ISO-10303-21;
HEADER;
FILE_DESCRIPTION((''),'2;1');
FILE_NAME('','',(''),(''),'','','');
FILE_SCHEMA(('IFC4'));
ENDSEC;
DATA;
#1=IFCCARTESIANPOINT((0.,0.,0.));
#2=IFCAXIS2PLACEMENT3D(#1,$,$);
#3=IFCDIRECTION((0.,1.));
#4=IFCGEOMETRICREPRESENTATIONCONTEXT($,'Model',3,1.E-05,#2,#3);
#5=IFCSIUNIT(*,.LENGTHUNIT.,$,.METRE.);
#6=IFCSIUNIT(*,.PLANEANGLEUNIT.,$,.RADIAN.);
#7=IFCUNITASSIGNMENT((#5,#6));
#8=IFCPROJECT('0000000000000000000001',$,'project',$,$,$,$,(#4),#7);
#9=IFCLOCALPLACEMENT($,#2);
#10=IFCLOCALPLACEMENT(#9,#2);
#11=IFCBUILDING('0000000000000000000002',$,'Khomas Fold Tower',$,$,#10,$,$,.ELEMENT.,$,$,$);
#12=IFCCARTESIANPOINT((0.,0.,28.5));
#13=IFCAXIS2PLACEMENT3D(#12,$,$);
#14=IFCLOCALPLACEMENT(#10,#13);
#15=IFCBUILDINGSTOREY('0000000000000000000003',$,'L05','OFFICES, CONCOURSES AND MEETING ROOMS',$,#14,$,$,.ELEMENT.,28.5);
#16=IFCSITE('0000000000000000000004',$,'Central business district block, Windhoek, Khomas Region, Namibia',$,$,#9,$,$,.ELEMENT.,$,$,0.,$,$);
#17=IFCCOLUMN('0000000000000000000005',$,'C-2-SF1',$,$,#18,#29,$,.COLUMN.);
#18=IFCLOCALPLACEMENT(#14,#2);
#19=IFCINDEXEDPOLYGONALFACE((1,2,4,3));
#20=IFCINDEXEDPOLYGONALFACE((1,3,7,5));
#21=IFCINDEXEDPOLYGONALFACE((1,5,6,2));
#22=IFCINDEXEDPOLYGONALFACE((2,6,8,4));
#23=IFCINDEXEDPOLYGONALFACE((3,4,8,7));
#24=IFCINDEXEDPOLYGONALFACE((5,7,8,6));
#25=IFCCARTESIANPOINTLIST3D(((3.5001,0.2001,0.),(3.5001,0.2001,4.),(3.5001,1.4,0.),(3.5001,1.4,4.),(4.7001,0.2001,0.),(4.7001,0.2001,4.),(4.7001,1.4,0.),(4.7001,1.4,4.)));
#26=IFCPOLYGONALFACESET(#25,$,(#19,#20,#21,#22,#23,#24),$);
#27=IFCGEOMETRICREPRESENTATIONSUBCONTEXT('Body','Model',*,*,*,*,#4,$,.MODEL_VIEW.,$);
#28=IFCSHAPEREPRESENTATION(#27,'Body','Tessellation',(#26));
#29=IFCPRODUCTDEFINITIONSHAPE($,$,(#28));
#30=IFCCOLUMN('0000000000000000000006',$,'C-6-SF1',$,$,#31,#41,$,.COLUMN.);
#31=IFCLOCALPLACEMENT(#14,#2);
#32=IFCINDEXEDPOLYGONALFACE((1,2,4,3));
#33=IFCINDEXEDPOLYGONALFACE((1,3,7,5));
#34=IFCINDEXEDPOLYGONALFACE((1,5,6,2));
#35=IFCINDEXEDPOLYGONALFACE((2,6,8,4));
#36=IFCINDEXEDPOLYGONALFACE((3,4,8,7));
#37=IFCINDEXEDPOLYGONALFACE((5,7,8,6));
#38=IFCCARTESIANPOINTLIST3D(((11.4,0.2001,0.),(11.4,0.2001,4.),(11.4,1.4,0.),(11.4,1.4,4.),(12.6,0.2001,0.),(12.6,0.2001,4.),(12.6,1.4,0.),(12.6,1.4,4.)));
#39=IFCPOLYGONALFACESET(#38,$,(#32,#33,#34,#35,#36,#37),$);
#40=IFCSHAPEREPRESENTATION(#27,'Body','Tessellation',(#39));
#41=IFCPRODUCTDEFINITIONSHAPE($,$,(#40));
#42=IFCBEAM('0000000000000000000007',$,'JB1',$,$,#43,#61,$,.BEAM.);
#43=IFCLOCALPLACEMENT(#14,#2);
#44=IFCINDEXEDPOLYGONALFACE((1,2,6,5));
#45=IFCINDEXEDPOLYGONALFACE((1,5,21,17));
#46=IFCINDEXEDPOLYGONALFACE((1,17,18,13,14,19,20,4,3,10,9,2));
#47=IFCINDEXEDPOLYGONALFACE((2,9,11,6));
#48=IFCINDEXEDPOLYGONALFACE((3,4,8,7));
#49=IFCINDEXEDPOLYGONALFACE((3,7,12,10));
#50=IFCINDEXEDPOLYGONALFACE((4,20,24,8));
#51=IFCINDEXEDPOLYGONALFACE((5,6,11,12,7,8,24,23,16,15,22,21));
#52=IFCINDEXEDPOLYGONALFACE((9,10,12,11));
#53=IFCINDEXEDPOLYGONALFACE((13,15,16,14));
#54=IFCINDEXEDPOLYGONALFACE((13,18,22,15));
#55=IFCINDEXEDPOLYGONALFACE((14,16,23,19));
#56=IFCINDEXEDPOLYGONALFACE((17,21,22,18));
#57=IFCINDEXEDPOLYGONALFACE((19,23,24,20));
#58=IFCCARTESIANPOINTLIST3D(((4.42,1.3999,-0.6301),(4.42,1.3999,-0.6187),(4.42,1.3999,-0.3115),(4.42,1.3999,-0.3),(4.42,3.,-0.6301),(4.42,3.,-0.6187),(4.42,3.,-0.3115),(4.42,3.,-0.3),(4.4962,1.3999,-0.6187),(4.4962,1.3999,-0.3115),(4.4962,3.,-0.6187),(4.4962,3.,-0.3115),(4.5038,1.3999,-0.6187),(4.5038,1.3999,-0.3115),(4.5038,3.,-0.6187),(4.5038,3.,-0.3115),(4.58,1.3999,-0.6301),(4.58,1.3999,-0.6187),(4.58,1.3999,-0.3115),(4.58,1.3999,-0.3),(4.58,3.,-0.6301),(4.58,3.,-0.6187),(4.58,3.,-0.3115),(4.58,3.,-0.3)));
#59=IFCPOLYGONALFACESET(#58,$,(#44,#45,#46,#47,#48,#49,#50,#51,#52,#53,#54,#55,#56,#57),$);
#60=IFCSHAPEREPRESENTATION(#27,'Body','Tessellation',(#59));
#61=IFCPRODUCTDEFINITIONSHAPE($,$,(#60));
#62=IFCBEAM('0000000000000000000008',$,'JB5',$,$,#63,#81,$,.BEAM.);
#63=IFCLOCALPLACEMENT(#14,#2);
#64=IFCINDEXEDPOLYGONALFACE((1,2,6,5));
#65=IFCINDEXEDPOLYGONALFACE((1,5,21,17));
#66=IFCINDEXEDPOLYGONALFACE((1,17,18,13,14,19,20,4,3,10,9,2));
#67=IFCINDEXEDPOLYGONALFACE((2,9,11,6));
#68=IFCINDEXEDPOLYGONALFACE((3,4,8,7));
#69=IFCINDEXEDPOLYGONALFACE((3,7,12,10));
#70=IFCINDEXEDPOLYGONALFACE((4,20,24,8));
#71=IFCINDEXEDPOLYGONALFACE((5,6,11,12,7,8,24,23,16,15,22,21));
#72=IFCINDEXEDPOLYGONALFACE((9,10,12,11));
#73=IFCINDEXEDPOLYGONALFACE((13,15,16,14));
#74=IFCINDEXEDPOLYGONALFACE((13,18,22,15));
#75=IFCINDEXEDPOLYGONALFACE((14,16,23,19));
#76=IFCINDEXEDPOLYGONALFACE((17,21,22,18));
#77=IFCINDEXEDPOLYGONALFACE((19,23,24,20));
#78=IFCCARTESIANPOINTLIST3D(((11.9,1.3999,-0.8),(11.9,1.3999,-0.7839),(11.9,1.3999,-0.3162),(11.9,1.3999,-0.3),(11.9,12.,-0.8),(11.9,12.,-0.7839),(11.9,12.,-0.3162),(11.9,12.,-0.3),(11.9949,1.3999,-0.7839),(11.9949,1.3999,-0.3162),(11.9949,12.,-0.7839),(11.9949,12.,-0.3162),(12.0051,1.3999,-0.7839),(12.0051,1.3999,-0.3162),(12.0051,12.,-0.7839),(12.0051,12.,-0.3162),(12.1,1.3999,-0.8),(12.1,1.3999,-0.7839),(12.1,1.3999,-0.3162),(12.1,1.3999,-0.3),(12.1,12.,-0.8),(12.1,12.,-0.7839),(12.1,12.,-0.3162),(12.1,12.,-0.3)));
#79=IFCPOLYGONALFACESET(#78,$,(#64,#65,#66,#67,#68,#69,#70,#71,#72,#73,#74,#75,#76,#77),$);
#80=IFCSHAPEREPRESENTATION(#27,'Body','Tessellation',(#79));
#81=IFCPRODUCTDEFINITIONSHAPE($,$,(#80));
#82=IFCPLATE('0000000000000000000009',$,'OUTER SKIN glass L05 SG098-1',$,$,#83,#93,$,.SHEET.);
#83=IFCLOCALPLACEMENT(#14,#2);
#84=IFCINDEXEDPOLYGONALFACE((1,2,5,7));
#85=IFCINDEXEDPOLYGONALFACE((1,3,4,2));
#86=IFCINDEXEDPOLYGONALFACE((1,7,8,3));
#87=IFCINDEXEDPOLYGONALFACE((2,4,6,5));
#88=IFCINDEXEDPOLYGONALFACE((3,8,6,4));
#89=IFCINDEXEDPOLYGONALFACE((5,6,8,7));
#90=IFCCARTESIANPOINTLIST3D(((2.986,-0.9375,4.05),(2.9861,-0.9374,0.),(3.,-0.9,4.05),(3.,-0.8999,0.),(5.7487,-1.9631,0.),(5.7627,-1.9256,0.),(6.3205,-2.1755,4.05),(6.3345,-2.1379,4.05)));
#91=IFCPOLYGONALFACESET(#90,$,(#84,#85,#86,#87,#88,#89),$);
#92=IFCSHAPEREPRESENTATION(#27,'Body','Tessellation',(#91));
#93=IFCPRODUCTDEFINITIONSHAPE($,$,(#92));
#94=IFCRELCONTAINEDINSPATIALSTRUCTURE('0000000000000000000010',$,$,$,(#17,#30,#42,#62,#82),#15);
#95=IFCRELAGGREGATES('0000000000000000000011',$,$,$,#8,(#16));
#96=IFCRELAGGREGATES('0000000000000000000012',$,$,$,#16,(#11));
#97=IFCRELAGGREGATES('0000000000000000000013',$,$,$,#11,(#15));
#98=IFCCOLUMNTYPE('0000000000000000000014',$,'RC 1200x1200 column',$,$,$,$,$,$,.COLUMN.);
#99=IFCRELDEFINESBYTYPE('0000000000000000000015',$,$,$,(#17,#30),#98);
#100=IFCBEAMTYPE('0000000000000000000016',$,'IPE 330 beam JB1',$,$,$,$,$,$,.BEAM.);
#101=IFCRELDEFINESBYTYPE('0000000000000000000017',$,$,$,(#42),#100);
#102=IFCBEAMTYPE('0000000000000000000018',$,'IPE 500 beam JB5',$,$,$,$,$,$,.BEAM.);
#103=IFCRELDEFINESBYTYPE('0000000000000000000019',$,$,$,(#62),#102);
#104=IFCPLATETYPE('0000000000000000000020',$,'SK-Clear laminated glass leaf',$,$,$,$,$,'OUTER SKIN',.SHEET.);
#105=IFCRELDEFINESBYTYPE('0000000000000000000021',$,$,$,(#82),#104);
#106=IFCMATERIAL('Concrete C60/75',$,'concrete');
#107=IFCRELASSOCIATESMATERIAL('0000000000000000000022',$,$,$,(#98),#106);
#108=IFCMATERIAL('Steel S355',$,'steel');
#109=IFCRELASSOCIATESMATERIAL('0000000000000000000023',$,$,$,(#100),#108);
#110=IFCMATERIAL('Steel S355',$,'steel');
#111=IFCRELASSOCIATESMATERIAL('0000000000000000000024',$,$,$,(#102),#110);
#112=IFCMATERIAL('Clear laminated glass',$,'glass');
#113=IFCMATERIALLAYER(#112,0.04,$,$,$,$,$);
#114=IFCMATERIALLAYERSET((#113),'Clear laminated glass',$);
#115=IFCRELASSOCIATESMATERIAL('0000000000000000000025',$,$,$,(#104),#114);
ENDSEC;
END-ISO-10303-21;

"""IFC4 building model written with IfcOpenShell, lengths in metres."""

from ifc_helpers import new_model, si_unit, direction, frame, origin, origin_2d, place, context, subcontext, project, spatial, polyline, rectangle, i_section, outline, extrude, source, transform, mapped, material, layer, layer_set, material_profile, profile_set, type_object, element, save


model = new_model("IFC4")

# Units and contexts
model_context = context("Model", 3, precision=1e-05, world=origin(), true_north=direction((0.0, 1.0)))
body_context = subcontext(model_context, "Body", "Model", "MODEL_VIEW")
ifc_project = project(units=[si_unit("LENGTHUNIT", "METRE"), si_unit("PLANEANGLEUNIT", "RADIAN")], contexts=[model_context])

# Site, building, storey
site_placement = place(None, origin())
site = spatial("IfcSite", under=ifc_project, at=site_placement, Name="Central business district block, Windhoek, Khomas Region, Namibia", CompositionType="ELEMENT", RefElevation=0.0)
building_placement = place(site_placement, origin())
building = spatial("IfcBuilding", under=site, at=building_placement, Name="Khomas Fold Tower", CompositionType="ELEMENT")
storey_placement = place(building_placement, frame((0.0, 0.0, 28.5)))
storey = spatial("IfcBuildingStorey", under=building, at=storey_placement, Name="L05", Description="OFFICES, CONCOURSES AND MEETING ROOMS", CompositionType="ELEMENT", Elevation=28.5)

# Columns
ifc_material_1 = material(Name="Concrete C60/75", Category="concrete")
ifc_material_profile_1 = material_profile(ifc_material_1, rectangle(XDim=1.2, YDim=1.2, at=origin_2d()), Name="RC 1200x1200")
ifc_profile_set_1 = profile_set([ifc_material_profile_1], Name="Concrete C60/75")
column_type = type_object("IfcColumnType", Name="RC 1200x1200 column", PredefinedType="COLUMN", material=ifc_profile_set_1)
shared_shape_1 = source(origin(), body_context, "Body", "SweptSolid", [
    extrude(rectangle(XDim=1.2, YDim=1.2, at=origin_2d()), origin(), (0.0, 0.0, 1.0), 4.0),
])
for number, where, z_axis, x_axis, name in (
    (1, (4.1001, 0.8, 0.0), (0.0, 0.0, 1.0), (1.0, 0.0, 0.0), "C-2-SF1"),
    (2, (12.0, 0.8, 0.0), (0.0, 0.0, 1.0), (1.0, 0.0, 0.0), "C-6-SF1"),
):
    element("IfcColumn", number, at=place(storey_placement, frame(where, z_axis=z_axis, x_axis=x_axis)), inside=storey, type_object=column_type, Name=name, PredefinedType="COLUMN", context=body_context, shape_type="MappedRepresentation", body=[
        mapped(shared_shape_1, transform((0.0, 0.0, 0.0))),
    ])

# Beams
ifc_material_2 = material(Name="Steel S355", Category="steel")
ifc_material_profile_2 = material_profile(ifc_material_2, i_section(OverallWidth=0.1599, OverallDepth=0.3301, WebThickness=0.0076, FlangeThickness=0.0115, at=origin_2d()), Name="IPE 330")
ifc_profile_set_2 = profile_set([ifc_material_profile_2], Name="Steel S355")
beam_type_1 = type_object("IfcBeamType", Name="IPE 330 beam JB1", PredefinedType="BEAM", material=ifc_profile_set_2)
shared_shape_2 = source(origin(), body_context, "Body", "SweptSolid", [
    extrude(i_section(OverallWidth=0.1599, OverallDepth=0.3301, WebThickness=0.0076, FlangeThickness=0.0115, at=origin_2d()), origin(), (0.0, 0.0, 1.0), 1.6001),
])
beam_1_placement = place(storey_placement, frame((4.5, 1.3999, -0.4651), z_axis=(0.0, 1.0, 0.0), x_axis=(-1.0, 0.0, 0.0)))
element("IfcBeam", 3, at=beam_1_placement, inside=storey, type_object=beam_type_1, Name="JB1", PredefinedType="BEAM", context=body_context, shape_type="MappedRepresentation", body=[
    mapped(shared_shape_2, transform((0.0, 0.0, 0.0))),
])
ifc_material_3 = material(Name="Steel S355", Category="steel")
ifc_material_profile_3 = material_profile(ifc_material_3, i_section(OverallWidth=0.2, OverallDepth=0.5, WebThickness=0.0103, FlangeThickness=0.0161, at=origin_2d()), Name="IPE 500")
ifc_profile_set_3 = profile_set([ifc_material_profile_3], Name="Steel S355")
beam_type_2 = type_object("IfcBeamType", Name="IPE 500 beam JB5", PredefinedType="BEAM", material=ifc_profile_set_3)
shared_shape_3 = source(origin(), body_context, "Body", "SweptSolid", [
    extrude(i_section(OverallWidth=0.2, OverallDepth=0.5, WebThickness=0.0103, FlangeThickness=0.0161, at=origin_2d()), origin(), (0.0, 0.0, 1.0), 10.6001),
])
beam_2_placement = place(storey_placement, frame((12.0, 1.3999, -0.55), z_axis=(0.0, 1.0, 0.0), x_axis=(-1.0, 0.0, 0.0)))
element("IfcBeam", 4, at=beam_2_placement, inside=storey, type_object=beam_type_2, Name="JB5", PredefinedType="BEAM", context=body_context, shape_type="MappedRepresentation", body=[
    mapped(shared_shape_3, transform((0.0, 0.0, 0.0))),
])

# Plate
ifc_material_4 = material(Name="Clear laminated glass", Category="glass")
ifc_layer_1 = layer(ifc_material_4, 0.04)
ifc_layer_set_1 = layer_set([ifc_layer_1], Name="Clear laminated glass")
plate_type = type_object("IfcPlateType", Name="SK-Clear laminated glass leaf", ElementType="OUTER SKIN", PredefinedType="SHEET", material=ifc_layer_set_1)
plate_placement = place(storey_placement, frame((6.3345, -2.1379, 4.05), z_axis=(0.348053, 0.937475, 0.000014), x_axis=(-0.139608, 0.051847, -0.988849)))
element("IfcPlate", 5, at=plate_placement, inside=storey, type_object=plate_type, Name="OUTER SKIN glass L05 SG098-1", PredefinedType="SHEET", context=body_context, shape_type="SweptSolid", body=[
    extrude(outline(polyline([(0.0, 0.0), (4.0957, 0.0), (4.5346, 2.9141), (0.5297, 3.5172), (0.0, 0.0)])), origin(), (0.0, 0.0, -1.0), 0.04),
])

save(model, "model.ifc")
